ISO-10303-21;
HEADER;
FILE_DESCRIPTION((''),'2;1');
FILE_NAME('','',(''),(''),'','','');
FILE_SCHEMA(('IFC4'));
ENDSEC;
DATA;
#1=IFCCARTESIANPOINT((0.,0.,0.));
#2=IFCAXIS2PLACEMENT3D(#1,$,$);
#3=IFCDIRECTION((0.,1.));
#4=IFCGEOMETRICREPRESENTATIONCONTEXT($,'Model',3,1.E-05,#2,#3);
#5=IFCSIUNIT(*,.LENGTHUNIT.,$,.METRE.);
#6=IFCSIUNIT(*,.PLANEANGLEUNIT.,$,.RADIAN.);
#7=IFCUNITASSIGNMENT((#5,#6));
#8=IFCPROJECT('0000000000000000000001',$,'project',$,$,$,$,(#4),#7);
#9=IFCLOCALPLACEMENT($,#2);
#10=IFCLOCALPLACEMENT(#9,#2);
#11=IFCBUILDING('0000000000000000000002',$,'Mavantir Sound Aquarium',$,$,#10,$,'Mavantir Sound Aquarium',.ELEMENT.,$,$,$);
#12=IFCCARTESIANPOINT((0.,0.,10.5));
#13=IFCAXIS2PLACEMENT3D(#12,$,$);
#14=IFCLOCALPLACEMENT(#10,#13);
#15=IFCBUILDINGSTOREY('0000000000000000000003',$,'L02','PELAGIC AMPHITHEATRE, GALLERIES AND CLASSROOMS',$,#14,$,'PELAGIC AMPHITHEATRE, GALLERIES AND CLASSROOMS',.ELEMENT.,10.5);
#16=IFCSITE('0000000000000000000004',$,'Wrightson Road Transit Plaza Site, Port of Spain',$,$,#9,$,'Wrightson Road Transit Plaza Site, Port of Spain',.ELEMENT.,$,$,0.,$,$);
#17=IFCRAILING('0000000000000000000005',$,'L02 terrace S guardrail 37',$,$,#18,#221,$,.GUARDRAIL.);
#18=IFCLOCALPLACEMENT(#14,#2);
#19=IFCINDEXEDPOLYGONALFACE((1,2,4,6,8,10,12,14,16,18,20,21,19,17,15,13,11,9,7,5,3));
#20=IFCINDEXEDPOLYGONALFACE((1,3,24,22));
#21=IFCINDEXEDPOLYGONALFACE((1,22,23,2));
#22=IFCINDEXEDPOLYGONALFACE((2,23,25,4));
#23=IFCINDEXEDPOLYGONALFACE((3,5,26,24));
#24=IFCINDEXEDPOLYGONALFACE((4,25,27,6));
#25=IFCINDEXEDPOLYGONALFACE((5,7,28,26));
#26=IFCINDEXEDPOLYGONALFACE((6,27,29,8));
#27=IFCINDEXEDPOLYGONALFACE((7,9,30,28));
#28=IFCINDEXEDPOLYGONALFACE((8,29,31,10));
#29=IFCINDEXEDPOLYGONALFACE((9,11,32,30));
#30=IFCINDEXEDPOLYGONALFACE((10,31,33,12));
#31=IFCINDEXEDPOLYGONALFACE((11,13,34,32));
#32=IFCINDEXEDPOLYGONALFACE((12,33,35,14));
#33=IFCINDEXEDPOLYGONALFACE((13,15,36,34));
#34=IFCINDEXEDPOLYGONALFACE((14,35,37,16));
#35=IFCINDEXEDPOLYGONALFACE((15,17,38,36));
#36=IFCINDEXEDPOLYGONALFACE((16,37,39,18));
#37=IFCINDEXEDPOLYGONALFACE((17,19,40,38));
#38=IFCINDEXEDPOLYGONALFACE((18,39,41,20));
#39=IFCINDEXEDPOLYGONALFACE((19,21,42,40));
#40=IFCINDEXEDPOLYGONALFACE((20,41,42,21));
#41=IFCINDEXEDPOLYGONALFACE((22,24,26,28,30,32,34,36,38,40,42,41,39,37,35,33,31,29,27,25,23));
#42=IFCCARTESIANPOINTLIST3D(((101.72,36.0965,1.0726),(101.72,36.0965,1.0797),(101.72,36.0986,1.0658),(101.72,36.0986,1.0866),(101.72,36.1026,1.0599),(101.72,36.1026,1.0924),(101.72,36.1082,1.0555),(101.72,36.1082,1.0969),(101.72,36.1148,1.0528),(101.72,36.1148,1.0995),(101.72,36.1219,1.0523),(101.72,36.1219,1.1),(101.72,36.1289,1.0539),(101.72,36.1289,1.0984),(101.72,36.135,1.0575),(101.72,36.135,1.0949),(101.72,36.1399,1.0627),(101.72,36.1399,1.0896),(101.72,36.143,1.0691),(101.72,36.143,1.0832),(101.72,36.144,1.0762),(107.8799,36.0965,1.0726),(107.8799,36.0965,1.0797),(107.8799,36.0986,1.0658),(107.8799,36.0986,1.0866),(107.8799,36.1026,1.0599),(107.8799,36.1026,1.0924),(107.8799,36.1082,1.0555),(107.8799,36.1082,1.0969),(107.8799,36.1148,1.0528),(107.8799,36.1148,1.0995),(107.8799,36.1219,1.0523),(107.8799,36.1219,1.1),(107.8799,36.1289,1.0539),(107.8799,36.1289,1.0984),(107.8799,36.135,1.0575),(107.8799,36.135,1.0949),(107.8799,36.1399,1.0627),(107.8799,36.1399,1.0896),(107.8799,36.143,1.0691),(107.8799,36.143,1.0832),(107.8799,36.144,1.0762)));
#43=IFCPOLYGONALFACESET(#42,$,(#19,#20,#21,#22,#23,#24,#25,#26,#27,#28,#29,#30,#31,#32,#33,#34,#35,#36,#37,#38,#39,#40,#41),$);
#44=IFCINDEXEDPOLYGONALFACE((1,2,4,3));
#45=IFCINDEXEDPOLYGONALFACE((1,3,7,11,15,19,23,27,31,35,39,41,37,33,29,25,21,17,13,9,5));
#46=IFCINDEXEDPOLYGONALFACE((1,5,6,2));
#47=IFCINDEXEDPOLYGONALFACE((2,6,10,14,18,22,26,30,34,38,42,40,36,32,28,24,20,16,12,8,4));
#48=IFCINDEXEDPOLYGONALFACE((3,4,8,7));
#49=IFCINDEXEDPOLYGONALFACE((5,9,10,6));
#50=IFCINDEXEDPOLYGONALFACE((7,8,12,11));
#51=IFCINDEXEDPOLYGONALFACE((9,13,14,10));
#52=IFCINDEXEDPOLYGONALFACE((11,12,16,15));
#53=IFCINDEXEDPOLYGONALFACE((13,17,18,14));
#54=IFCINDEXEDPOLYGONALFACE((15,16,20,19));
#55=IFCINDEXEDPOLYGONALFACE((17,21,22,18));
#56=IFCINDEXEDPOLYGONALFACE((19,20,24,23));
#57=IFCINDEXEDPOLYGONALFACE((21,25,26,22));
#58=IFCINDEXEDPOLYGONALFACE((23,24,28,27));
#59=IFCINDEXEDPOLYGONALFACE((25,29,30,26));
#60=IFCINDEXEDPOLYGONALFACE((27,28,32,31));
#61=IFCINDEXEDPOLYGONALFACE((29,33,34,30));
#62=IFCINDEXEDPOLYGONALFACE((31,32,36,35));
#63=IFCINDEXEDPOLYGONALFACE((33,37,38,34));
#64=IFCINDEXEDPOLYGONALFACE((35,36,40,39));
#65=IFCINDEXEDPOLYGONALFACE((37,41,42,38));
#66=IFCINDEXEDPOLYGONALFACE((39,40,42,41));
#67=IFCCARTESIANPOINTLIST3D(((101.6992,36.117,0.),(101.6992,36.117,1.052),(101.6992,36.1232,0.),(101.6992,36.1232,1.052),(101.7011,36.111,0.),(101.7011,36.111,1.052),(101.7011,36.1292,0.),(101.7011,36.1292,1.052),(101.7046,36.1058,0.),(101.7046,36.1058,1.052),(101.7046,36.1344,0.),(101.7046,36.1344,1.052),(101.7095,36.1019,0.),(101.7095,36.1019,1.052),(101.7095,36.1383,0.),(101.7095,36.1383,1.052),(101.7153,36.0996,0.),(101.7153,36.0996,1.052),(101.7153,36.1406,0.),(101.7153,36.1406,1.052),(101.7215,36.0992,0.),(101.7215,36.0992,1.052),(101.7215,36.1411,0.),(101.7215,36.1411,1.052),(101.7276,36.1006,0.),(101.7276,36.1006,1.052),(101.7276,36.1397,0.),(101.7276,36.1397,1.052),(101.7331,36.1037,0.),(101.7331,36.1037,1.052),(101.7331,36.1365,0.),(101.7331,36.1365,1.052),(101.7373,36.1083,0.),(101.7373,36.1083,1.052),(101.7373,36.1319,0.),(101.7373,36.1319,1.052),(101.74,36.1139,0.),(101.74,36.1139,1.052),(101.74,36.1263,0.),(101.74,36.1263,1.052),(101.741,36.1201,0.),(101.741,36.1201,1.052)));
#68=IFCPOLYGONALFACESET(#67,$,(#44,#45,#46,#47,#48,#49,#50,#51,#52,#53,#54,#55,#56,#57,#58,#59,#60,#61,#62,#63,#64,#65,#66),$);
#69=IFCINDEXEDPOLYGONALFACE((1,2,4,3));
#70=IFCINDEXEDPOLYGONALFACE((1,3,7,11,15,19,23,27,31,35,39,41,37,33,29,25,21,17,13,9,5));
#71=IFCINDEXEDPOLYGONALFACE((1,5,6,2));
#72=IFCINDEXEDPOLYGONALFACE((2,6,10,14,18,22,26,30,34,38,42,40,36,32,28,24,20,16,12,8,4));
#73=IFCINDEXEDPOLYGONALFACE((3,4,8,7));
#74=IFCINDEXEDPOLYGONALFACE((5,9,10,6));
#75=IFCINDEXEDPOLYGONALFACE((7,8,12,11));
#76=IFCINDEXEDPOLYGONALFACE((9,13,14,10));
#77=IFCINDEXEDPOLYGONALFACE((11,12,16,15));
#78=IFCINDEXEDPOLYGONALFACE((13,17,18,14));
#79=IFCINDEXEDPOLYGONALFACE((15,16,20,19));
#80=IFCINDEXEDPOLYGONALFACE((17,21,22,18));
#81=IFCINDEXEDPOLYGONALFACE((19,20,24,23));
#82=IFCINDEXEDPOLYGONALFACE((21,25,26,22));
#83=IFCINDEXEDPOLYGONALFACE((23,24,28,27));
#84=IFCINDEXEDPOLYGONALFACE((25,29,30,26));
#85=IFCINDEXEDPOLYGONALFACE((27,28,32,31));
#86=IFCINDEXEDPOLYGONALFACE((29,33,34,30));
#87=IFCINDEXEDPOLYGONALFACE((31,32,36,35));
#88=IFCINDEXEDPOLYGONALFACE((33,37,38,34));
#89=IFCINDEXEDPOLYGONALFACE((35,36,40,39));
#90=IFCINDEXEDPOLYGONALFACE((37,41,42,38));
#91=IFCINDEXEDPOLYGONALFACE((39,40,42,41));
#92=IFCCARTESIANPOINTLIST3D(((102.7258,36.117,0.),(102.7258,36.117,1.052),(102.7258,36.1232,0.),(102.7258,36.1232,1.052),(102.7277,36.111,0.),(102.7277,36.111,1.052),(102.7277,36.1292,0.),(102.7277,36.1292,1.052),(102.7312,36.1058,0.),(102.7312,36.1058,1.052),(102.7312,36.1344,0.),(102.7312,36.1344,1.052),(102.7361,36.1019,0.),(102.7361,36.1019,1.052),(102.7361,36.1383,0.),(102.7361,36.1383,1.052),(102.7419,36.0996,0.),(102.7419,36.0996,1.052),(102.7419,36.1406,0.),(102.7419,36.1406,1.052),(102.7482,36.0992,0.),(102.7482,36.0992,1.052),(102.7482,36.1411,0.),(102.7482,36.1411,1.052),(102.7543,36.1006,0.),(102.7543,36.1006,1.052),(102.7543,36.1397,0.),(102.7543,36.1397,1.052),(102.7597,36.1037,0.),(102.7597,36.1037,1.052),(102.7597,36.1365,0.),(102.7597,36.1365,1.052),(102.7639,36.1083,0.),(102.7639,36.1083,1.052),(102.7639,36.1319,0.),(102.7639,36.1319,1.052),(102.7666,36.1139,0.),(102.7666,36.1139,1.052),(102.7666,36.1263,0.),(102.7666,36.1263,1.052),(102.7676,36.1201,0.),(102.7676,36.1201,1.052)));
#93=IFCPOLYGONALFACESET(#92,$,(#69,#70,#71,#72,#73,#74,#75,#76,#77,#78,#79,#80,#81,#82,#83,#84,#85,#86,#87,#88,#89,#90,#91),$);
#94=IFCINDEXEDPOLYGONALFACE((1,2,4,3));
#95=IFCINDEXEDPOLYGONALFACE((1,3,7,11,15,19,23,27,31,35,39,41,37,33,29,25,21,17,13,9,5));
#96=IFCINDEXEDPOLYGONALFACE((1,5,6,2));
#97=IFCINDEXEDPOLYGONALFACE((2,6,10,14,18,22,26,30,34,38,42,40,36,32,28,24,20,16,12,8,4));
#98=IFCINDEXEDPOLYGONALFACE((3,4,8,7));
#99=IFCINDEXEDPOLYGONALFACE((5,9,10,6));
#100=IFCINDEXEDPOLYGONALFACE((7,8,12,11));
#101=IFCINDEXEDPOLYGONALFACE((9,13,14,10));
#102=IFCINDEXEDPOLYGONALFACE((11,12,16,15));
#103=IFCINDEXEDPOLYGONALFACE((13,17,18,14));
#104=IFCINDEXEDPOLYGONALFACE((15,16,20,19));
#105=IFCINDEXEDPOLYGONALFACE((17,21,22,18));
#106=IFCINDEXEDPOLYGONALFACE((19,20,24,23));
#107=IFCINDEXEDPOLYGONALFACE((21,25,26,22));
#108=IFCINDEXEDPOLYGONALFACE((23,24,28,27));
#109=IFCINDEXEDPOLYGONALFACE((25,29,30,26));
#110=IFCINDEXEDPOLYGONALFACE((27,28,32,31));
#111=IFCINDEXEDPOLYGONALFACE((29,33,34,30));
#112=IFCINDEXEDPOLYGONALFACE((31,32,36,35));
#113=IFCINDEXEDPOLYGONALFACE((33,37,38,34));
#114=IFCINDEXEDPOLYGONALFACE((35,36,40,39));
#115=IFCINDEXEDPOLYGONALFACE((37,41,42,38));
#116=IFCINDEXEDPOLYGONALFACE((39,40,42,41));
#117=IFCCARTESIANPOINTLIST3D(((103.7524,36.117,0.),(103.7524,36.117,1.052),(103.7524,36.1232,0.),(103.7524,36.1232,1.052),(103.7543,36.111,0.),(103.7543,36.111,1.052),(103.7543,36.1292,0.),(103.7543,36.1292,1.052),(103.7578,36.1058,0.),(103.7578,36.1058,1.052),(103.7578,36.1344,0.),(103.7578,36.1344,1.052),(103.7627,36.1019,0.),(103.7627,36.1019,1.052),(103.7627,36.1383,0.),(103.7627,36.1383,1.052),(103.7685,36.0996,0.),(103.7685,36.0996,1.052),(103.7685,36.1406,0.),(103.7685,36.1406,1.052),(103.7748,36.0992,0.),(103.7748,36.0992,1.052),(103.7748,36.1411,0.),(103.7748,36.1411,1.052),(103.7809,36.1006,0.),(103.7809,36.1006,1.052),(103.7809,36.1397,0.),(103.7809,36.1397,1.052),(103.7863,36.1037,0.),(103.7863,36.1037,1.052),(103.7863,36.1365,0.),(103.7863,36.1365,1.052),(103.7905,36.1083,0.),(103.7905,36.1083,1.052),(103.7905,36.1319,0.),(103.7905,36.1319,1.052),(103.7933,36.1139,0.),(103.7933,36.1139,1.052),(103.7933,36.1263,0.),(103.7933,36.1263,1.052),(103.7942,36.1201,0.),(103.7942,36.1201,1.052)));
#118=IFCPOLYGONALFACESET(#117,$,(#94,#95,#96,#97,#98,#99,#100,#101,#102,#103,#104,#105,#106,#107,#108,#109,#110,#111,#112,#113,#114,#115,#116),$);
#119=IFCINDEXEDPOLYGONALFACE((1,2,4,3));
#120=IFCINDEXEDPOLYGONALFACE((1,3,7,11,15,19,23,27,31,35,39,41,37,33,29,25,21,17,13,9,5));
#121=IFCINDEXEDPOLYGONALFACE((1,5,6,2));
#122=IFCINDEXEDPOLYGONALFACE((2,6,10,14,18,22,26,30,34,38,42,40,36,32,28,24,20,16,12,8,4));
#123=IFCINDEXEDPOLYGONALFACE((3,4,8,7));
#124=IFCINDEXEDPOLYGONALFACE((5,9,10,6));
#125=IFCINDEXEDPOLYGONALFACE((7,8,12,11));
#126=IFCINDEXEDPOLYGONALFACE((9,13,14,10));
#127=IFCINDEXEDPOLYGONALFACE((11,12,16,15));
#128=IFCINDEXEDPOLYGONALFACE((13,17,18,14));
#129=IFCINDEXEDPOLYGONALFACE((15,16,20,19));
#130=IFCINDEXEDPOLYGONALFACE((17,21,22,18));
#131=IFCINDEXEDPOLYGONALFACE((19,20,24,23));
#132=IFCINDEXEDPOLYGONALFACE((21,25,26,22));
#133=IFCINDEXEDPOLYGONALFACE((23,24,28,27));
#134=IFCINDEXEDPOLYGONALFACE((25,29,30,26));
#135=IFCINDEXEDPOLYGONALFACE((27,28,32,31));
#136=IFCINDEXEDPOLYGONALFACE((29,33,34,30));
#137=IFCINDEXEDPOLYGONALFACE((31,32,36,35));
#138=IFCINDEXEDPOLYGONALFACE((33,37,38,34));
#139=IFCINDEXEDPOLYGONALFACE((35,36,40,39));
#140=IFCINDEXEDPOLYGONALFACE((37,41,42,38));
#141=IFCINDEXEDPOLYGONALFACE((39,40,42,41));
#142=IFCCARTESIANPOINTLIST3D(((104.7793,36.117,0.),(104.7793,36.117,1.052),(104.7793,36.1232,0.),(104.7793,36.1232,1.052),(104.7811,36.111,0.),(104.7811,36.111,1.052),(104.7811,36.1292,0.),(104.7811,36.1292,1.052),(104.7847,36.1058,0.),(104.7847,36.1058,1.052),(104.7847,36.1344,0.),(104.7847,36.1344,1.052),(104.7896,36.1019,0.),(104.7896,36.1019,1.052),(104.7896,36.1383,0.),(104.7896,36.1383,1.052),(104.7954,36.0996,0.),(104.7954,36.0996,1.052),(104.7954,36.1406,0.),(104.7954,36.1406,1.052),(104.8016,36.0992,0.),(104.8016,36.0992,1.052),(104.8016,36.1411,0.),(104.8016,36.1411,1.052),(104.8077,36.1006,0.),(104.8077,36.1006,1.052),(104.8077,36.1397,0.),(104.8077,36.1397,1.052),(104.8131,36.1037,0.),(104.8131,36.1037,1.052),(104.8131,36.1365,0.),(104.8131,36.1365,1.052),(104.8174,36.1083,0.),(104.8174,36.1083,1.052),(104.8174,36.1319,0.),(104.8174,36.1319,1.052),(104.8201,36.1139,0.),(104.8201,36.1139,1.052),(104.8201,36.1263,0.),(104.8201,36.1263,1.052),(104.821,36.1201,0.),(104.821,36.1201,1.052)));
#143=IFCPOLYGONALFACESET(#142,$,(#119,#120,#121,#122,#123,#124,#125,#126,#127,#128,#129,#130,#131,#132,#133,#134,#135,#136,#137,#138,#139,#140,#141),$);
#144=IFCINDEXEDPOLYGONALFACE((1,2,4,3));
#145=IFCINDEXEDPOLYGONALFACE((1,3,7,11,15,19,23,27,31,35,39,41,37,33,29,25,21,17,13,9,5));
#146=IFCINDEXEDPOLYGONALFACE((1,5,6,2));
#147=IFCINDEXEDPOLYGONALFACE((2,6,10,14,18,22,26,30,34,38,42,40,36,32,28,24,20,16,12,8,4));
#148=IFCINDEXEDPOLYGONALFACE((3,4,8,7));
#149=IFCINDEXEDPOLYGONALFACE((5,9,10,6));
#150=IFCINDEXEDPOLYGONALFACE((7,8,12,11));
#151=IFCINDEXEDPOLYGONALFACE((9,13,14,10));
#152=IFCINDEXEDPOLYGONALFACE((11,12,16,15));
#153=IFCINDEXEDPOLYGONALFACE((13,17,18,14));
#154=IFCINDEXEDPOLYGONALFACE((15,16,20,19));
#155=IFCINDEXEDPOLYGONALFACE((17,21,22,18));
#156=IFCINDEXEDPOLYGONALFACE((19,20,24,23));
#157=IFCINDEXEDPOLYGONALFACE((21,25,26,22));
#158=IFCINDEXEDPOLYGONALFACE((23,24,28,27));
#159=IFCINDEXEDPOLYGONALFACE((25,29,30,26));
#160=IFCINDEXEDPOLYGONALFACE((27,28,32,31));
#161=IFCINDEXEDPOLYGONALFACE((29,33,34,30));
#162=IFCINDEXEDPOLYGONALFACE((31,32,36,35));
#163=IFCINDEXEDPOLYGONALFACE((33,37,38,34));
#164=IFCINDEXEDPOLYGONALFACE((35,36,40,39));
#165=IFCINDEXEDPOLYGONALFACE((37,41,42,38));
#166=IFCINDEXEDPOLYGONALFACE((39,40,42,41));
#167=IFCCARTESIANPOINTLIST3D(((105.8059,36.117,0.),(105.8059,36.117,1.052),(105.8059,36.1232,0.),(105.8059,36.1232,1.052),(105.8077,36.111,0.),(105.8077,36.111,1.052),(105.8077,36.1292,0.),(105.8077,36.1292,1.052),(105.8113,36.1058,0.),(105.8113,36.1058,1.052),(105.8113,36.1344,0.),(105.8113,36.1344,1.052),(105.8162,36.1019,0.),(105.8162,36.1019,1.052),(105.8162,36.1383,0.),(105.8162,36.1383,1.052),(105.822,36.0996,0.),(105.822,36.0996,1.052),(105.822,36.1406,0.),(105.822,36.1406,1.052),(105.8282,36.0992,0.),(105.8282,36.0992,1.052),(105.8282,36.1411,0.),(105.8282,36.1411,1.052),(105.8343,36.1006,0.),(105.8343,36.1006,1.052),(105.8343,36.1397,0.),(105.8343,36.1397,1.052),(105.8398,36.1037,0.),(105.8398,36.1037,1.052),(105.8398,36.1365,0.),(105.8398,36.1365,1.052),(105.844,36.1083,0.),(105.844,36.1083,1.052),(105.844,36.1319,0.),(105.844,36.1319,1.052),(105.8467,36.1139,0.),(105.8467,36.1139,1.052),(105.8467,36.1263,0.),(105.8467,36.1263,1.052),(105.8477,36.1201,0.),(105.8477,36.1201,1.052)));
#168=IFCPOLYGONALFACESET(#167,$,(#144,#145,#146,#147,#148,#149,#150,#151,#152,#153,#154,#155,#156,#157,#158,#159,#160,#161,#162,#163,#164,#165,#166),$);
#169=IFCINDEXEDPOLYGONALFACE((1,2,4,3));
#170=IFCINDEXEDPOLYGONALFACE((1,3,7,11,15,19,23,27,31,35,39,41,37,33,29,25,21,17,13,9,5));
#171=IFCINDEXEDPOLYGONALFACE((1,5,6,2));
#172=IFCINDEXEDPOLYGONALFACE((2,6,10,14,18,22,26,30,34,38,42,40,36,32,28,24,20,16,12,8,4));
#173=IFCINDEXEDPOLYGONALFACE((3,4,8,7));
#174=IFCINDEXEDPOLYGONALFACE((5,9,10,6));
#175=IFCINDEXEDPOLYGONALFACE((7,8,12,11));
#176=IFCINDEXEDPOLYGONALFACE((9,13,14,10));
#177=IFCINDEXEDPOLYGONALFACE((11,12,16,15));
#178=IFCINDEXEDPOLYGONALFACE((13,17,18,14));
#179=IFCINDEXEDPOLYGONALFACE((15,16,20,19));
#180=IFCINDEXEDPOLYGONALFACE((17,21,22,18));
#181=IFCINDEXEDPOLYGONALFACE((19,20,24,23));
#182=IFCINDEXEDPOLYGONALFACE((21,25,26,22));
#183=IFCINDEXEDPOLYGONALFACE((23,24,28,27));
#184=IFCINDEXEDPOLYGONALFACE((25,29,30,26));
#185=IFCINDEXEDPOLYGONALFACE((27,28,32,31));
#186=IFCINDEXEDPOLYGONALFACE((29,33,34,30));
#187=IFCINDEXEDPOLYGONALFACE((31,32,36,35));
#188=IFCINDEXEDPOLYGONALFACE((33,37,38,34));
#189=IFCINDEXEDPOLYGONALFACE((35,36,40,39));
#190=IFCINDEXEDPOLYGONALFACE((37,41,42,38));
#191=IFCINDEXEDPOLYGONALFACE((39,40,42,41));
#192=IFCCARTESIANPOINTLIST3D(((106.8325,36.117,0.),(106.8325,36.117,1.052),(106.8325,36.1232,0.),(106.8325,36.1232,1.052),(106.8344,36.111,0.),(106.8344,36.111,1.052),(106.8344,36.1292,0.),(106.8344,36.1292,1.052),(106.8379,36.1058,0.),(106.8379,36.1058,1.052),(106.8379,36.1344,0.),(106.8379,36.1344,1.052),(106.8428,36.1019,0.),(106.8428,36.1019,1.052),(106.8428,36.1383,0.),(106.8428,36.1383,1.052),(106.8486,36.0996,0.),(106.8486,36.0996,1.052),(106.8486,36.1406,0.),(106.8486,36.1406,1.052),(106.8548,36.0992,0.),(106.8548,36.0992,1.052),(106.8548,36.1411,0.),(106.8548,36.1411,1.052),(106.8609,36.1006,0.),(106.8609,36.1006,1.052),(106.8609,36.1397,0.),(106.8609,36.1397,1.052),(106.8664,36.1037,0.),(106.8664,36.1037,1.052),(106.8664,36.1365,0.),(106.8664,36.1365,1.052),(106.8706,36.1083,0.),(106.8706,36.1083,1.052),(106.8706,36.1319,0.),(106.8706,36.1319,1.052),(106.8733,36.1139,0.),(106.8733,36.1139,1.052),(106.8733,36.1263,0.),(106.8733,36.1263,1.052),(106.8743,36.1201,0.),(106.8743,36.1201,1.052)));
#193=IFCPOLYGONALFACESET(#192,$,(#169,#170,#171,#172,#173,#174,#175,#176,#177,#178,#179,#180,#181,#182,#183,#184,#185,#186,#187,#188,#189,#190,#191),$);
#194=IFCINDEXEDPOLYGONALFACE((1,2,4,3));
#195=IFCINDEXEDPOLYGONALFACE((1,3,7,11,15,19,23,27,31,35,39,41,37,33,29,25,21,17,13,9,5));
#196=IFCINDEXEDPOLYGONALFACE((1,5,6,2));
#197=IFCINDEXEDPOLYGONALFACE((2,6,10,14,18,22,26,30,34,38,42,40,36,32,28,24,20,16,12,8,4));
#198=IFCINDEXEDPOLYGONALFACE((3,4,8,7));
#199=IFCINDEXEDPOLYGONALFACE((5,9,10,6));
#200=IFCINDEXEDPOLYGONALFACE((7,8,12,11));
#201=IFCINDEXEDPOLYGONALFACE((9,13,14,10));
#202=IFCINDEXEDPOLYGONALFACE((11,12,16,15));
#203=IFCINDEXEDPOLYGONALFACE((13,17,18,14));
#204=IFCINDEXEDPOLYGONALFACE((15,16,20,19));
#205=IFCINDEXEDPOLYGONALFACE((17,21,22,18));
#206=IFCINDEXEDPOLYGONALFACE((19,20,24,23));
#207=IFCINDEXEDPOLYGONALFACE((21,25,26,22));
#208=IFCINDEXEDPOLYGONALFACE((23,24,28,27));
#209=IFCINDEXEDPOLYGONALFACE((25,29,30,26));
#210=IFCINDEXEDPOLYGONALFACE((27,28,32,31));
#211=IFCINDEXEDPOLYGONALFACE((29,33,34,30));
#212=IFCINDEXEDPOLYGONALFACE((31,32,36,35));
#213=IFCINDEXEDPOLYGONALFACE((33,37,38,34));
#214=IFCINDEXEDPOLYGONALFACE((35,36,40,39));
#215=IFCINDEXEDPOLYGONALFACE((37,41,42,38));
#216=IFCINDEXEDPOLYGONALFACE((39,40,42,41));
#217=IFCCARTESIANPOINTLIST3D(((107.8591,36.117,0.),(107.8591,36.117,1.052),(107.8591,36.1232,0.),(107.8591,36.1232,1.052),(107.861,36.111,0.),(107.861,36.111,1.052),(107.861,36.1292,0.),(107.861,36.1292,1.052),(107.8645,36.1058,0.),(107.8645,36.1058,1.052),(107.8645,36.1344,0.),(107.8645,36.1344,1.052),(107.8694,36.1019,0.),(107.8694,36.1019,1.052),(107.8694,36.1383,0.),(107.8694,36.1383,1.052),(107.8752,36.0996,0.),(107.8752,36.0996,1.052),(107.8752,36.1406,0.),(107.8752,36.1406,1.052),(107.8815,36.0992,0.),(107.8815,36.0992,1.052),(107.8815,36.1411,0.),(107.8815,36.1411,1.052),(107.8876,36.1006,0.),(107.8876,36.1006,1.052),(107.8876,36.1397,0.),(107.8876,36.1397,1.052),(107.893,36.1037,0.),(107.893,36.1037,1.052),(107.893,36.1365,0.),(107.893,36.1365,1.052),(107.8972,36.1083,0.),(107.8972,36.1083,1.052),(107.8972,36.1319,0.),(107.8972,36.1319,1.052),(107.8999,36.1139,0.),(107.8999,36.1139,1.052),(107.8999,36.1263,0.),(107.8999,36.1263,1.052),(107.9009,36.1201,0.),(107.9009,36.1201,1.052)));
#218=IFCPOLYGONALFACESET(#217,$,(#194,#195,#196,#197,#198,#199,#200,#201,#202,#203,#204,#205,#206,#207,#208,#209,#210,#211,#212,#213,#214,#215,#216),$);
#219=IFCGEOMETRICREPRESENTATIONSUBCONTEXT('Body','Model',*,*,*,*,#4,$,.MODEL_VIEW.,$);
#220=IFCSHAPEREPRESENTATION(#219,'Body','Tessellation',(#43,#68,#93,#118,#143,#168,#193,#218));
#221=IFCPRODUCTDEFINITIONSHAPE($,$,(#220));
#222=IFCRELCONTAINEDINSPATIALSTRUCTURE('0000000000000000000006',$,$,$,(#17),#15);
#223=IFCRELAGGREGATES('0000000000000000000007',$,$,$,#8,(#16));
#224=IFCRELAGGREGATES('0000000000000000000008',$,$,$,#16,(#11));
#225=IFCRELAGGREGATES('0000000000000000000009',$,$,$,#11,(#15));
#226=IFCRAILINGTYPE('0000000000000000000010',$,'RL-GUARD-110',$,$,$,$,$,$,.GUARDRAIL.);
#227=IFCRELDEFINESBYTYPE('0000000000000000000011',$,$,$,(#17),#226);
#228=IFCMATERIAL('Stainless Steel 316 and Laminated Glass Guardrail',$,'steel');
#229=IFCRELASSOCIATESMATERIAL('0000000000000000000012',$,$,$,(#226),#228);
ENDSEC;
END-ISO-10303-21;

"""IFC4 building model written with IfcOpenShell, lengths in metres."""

from ifc_helpers import new_model, si_unit, direction, frame, origin, origin_2d, place, context, subcontext, project, spatial, circle, extrude, material, type_object, element, save


model = new_model("IFC4")

# Units and contexts
model_context = context("Model", 3, precision=1e-05, world=origin(), true_north=direction((0.0, 1.0)))
body_context = subcontext(model_context, "Body", "Model", "MODEL_VIEW")
ifc_project = project(units=[si_unit("LENGTHUNIT", "METRE"), si_unit("PLANEANGLEUNIT", "RADIAN")], contexts=[model_context])

# Site, building, storey
site_placement = place(None, origin())
site = spatial("IfcSite", under=ifc_project, at=site_placement, Name="Wrightson Road Transit Plaza Site, Port of Spain", LongName="Wrightson Road Transit Plaza Site, Port of Spain", CompositionType="ELEMENT", RefElevation=0.0)
building_placement = place(site_placement, origin())
building = spatial("IfcBuilding", under=site, at=building_placement, Name="Mavantir Sound Aquarium", LongName="Mavantir Sound Aquarium", CompositionType="ELEMENT")
storey_placement = place(building_placement, frame((0.0, 0.0, 10.5)))
storey = spatial("IfcBuildingStorey", under=building, at=storey_placement, Name="L02", Description="PELAGIC AMPHITHEATRE, GALLERIES AND CLASSROOMS", LongName="PELAGIC AMPHITHEATRE, GALLERIES AND CLASSROOMS", CompositionType="ELEMENT", Elevation=10.5)

# Railing
ifc_material_1 = material(Name="Stainless Steel 316 and Laminated Glass Guardrail", Category="steel")
railing_type = type_object("IfcRailingType", Name="RL-GUARD-110", PredefinedType="GUARDRAIL", material=ifc_material_1)
railing_1_placement = place(storey_placement, frame((101.72, 36.1201, 0.0)))
element("IfcRailing", 1, at=railing_1_placement, inside=storey, type_object=railing_type, Name="L02 terrace S guardrail 37", PredefinedType="GUARDRAIL", context=body_context, shape_type="SweptSolid", body=[
    extrude(circle(Radius=0.0239, at=origin_2d()), frame((0.0, 0.0, 1.0762), z_axis=(1.0, 0.0, 0.0), x_axis=(0.0, 1.0, 0.0)), (0.0, 0.0, 1.0), 6.1599),
    extrude(circle(Radius=0.021, at=origin_2d()), origin(), (0.0, 0.0, 1.0), 1.052),
    extrude(circle(Radius=0.021, at=origin_2d()), frame((1.0266, 0.0, 0.0)), (0.0, 0.0, 1.0), 1.052),
    extrude(circle(Radius=0.021, at=origin_2d()), frame((2.0532, 0.0, 0.0)), (0.0, 0.0, 1.0), 1.052),
    extrude(circle(Radius=0.021, at=origin_2d()), frame((3.0801, 0.0, 0.0)), (0.0, 0.0, 1.0), 1.052),
    extrude(circle(Radius=0.021, at=origin_2d()), frame((4.1067, 0.0, 0.0)), (0.0, 0.0, 1.0), 1.052),
    extrude(circle(Radius=0.021, at=origin_2d()), frame((5.1333, 0.0, 0.0)), (0.0, 0.0, 1.0), 1.052),
    extrude(circle(Radius=0.021, at=origin_2d()), frame((6.1599, 0.0, 0.0)), (0.0, 0.0, 1.0), 1.052),
])

save(model, "model.ifc")
